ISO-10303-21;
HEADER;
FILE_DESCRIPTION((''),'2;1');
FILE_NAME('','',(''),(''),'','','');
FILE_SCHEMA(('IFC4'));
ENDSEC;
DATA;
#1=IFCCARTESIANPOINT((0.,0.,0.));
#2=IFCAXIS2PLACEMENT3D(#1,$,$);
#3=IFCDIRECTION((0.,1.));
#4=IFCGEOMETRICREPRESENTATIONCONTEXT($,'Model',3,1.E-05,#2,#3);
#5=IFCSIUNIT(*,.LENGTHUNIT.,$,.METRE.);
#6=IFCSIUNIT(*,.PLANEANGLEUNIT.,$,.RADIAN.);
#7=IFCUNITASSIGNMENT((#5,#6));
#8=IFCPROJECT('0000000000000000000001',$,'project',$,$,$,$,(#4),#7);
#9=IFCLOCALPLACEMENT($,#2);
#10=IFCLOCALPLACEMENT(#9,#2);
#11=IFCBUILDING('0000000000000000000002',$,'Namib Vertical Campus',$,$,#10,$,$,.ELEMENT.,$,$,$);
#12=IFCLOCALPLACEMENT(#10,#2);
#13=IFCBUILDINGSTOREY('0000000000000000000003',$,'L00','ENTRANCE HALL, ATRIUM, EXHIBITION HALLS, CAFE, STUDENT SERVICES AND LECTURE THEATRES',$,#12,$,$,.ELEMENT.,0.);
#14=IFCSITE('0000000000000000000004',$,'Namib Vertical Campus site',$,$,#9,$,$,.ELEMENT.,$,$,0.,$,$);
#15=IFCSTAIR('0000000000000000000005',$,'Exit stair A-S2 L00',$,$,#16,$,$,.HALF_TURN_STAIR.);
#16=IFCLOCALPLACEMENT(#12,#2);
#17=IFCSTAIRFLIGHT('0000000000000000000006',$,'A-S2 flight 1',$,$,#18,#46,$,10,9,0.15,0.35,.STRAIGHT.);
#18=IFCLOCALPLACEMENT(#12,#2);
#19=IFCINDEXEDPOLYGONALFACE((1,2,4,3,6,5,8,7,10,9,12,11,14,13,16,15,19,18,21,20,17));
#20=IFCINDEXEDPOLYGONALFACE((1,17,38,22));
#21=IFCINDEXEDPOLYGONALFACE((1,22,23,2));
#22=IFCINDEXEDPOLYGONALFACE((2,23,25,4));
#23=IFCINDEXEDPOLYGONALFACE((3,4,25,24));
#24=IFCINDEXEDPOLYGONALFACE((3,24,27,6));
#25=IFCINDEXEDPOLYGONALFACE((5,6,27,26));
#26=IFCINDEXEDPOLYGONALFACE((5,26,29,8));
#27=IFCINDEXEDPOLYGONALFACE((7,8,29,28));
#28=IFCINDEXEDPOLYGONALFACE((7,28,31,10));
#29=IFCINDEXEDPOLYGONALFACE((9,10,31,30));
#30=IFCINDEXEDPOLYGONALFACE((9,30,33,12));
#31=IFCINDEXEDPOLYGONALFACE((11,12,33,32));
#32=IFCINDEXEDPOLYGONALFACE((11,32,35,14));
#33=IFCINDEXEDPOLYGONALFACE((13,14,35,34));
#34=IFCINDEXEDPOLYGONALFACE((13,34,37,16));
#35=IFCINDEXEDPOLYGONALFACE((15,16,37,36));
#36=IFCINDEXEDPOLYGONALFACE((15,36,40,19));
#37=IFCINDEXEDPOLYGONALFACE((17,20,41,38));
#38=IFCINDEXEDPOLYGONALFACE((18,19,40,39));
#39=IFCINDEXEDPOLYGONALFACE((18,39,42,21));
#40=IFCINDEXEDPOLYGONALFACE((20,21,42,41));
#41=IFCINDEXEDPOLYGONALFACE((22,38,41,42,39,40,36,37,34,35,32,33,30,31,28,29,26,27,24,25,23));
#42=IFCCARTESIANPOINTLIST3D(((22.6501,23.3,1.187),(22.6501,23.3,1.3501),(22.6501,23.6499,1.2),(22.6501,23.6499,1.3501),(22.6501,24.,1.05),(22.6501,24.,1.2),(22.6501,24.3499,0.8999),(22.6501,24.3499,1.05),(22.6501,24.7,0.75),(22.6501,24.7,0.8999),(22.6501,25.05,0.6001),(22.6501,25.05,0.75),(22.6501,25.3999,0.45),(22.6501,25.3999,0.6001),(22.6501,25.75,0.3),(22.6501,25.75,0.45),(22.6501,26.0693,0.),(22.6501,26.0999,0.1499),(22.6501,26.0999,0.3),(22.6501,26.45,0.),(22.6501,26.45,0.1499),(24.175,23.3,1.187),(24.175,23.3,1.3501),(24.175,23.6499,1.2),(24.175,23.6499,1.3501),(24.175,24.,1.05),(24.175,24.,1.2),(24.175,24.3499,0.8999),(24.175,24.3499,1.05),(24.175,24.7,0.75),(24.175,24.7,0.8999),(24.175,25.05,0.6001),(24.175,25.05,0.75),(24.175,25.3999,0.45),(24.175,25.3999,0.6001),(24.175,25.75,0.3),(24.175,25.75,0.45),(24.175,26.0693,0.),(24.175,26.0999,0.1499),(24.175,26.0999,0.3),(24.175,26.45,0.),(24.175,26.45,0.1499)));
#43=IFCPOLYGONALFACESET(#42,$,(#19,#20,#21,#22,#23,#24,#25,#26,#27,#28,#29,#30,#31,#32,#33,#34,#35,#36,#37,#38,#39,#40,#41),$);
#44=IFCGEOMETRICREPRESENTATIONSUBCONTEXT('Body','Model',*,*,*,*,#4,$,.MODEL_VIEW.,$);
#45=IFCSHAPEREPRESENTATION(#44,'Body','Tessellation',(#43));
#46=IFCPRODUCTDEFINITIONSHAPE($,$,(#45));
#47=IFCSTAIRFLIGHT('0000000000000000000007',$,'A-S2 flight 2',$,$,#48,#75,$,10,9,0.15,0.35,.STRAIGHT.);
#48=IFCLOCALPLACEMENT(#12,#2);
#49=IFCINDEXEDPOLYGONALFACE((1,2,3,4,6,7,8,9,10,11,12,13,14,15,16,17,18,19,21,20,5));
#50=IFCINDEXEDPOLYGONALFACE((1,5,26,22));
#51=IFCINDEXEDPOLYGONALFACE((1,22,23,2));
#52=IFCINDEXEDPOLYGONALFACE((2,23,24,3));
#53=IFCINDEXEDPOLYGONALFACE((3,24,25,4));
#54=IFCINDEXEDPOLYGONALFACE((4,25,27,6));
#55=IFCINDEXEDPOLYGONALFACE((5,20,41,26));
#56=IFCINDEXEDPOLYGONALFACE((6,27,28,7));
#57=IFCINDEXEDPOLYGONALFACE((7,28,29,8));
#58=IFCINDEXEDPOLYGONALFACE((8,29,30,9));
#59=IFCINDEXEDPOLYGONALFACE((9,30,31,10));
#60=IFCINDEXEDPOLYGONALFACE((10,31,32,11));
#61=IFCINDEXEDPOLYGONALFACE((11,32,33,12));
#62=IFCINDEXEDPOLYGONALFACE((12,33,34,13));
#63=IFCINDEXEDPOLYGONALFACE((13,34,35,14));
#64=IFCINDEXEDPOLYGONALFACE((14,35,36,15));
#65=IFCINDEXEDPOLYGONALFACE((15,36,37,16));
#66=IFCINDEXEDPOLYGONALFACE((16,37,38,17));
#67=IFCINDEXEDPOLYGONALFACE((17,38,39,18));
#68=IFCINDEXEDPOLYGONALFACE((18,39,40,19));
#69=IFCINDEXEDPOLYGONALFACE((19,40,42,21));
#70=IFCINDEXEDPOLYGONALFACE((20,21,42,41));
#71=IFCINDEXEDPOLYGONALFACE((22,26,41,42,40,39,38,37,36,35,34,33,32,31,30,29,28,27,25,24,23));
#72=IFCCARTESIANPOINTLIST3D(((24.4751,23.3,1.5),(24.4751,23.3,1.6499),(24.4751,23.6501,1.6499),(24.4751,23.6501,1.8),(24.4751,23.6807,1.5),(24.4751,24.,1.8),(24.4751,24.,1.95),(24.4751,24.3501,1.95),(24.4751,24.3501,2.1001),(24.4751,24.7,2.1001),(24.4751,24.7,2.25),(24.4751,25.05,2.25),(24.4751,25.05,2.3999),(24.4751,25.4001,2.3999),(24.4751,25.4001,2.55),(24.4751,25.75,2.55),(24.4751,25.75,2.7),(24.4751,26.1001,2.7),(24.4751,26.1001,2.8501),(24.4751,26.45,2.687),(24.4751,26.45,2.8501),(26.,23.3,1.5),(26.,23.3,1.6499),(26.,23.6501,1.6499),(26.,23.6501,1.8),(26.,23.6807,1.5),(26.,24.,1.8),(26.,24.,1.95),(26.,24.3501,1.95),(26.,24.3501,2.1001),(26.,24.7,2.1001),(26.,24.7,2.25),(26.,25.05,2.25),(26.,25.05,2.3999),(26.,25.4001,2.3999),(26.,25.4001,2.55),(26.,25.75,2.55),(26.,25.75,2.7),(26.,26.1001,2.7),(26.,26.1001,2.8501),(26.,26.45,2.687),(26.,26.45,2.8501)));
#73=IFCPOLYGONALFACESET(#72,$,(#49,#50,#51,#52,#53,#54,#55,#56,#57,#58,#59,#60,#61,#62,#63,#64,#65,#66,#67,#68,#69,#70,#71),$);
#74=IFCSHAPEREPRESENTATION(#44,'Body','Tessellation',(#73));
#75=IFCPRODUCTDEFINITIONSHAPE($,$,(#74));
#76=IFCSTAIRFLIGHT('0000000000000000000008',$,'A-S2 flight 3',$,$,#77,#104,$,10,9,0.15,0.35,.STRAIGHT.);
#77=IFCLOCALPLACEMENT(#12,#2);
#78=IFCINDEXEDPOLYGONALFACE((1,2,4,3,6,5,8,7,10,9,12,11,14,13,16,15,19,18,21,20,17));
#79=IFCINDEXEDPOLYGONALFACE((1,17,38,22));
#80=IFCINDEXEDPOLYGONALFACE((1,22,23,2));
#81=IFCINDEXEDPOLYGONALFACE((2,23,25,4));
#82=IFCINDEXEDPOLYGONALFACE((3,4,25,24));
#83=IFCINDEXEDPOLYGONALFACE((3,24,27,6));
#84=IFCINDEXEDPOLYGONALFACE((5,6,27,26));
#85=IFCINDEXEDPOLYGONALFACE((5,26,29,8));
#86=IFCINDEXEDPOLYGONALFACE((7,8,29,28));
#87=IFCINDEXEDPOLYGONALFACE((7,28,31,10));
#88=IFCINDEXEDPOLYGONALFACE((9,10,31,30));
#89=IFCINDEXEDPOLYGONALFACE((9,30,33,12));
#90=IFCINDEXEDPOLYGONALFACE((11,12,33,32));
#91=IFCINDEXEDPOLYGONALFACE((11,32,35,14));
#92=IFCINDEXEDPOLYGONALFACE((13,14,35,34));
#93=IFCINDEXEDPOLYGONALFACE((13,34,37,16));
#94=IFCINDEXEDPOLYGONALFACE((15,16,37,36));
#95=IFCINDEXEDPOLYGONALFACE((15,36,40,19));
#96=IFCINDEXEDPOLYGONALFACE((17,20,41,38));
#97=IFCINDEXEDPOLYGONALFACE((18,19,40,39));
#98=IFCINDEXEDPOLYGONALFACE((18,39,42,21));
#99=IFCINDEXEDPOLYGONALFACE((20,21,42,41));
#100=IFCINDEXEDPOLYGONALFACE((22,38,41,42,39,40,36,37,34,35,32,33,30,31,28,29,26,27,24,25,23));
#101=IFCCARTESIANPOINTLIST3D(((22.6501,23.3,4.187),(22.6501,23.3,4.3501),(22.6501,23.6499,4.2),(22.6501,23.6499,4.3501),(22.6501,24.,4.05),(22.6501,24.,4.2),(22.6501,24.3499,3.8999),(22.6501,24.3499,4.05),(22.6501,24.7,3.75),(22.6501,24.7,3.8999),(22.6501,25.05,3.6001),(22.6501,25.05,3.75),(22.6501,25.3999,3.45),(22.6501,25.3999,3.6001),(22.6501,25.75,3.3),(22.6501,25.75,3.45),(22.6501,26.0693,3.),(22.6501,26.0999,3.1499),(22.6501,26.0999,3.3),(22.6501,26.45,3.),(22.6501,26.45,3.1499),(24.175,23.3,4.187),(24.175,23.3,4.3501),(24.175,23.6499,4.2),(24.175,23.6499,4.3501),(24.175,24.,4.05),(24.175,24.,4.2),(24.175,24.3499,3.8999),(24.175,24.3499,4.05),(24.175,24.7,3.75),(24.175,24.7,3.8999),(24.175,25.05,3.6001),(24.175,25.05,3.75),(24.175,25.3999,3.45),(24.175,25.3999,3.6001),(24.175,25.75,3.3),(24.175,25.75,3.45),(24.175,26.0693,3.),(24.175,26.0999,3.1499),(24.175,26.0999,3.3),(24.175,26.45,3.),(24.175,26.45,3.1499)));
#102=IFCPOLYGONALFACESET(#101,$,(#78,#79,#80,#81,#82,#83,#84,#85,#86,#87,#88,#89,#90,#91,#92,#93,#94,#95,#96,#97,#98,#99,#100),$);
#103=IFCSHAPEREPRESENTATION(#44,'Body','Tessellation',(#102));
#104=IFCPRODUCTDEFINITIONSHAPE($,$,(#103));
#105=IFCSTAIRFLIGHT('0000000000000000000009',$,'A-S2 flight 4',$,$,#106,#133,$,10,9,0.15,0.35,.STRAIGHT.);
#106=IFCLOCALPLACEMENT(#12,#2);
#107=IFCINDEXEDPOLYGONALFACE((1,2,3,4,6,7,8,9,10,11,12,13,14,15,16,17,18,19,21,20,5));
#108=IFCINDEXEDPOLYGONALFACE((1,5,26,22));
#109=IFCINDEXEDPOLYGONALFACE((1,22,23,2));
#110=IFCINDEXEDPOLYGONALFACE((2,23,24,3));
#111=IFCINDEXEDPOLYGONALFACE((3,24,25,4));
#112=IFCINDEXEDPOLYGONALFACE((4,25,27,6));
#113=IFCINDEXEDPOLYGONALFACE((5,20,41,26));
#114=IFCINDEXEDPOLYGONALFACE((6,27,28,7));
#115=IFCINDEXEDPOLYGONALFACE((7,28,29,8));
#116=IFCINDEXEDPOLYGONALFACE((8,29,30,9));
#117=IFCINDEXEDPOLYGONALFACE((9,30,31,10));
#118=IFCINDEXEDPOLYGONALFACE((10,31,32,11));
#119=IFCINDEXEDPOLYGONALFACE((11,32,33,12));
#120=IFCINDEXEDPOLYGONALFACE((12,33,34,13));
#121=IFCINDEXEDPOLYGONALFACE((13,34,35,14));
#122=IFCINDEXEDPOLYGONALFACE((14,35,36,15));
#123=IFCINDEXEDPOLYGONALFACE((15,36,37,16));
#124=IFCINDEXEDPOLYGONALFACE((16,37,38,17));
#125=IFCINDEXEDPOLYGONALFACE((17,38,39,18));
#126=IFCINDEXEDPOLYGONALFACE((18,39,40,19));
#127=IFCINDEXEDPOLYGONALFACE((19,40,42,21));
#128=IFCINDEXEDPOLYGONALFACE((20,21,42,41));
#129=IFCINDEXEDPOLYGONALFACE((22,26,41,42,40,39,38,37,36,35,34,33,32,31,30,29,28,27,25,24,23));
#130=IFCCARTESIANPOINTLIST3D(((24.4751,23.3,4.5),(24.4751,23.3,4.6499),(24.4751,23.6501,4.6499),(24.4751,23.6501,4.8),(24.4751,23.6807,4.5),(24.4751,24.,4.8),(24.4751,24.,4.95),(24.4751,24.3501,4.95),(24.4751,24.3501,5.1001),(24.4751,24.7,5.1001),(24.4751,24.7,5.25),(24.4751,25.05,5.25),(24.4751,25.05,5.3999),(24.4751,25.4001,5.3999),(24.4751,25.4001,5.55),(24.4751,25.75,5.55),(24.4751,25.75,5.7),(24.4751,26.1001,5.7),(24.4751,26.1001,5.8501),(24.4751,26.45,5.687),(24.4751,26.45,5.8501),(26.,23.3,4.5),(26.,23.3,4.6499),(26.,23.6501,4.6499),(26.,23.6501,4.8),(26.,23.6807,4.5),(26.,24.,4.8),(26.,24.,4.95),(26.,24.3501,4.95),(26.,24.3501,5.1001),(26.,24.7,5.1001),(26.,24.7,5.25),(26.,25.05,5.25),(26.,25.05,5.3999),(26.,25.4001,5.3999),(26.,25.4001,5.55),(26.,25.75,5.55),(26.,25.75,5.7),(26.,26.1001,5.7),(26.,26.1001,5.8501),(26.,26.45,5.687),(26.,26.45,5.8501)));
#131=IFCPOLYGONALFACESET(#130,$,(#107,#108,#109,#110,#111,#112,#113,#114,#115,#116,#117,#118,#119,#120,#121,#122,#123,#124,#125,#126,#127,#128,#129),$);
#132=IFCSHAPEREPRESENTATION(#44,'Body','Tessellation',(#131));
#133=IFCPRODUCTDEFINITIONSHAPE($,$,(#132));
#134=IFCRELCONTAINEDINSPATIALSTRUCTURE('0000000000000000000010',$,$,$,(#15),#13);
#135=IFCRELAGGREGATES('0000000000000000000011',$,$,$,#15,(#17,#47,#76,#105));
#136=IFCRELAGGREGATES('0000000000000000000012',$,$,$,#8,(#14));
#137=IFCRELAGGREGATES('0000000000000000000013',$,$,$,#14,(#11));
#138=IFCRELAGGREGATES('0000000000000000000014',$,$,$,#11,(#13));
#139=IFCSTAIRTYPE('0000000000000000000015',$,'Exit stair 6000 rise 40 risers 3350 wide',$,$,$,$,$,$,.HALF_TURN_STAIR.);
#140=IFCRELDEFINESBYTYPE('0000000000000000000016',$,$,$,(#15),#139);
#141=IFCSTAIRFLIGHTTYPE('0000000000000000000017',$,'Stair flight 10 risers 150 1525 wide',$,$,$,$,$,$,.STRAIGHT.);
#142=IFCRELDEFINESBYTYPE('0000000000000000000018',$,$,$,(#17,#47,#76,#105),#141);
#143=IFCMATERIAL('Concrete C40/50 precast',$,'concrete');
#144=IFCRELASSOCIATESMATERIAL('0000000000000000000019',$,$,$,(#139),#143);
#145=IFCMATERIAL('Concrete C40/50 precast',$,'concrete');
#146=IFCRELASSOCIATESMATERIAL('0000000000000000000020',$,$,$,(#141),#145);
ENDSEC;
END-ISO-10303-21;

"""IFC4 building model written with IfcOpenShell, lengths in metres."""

from ifc_helpers import new_model, si_unit, direction, frame, origin, place, context, subcontext, project, spatial, polyline, outline, extrude, material, type_object, element, aggregate, save


model = new_model("IFC4")

# Units and contexts
model_context = context("Model", 3, precision=1e-05, world=origin(), true_north=direction((0.0, 1.0)))
body_context = subcontext(model_context, "Body", "Model", "MODEL_VIEW")
ifc_project = project(units=[si_unit("LENGTHUNIT", "METRE"), si_unit("PLANEANGLEUNIT", "RADIAN")], contexts=[model_context])

# Site, building, storey
site_placement = place(None, origin())
site = spatial("IfcSite", under=ifc_project, at=site_placement, Name="Namib Vertical Campus site", CompositionType="ELEMENT", RefElevation=0.0)
building_placement = place(site_placement, origin())
building = spatial("IfcBuilding", under=site, at=building_placement, Name="Namib Vertical Campus", CompositionType="ELEMENT")
storey_placement = place(building_placement, origin())
storey = spatial("IfcBuildingStorey", under=building, at=storey_placement, Name="L00", Description="ENTRANCE HALL, ATRIUM, EXHIBITION HALLS, CAFE, STUDENT SERVICES AND LECTURE THEATRES", CompositionType="ELEMENT", Elevation=0.0)

# Stair, stair flights
ifc_material_1 = material(Name="Concrete C40/50 precast", Category="concrete")
stair_type = type_object("IfcStairType", Name="Exit stair 6000 rise 40 risers 3350 wide", PredefinedType="HALF_TURN_STAIR", material=ifc_material_1)
stair_placement = place(storey_placement, origin())
stair = element("IfcStair", 1, at=stair_placement, inside=storey, type_object=stair_type, Name="Exit stair A-S2 L00", PredefinedType="HALF_TURN_STAIR")
ifc_material_2 = material(Name="Concrete C40/50 precast", Category="concrete")
stair_flight_type = type_object("IfcStairFlightType", Name="Stair flight 10 risers 150 1525 wide", PredefinedType="STRAIGHT", material=ifc_material_2)
stair_flight_1_placement = place(storey_placement, frame((23.4126, 26.45, 0.0), z_axis=(0.0, 0.0, 1.0), x_axis=(0.0, -1.0, 0.0)))
stair_flight_1 = element("IfcStairFlight", 2, at=stair_flight_1_placement, type_object=stair_flight_type, Name="A-S2 flight 1", NumberOfRisers=10, NumberOfTreads=9, PredefinedType="STRAIGHT", RiserHeight=0.15, TreadLength=0.35, context=body_context, shape_type="SweptSolid", body=[
    extrude(outline(polyline([(0.0, 0.0), (0.0, 0.1499), (0.3501, 0.1499), (0.3501, 0.3), (0.7, 0.3), (0.7, 0.45), (1.05, 0.45), (1.05, 0.6001), (1.3999, 0.6001), (1.3999, 0.75), (1.75, 0.75), (1.75, 0.8999), (2.1001, 0.8999), (2.1001, 1.05), (2.45, 1.05), (2.45, 1.2), (2.8, 1.2), (2.8, 1.3501), (3.1499, 1.3501), (3.1499, 1.5), (3.1499, 1.187), (0.3806, 0.0), (0.0, 0.0)])), frame((0.0, 0.7625, 0.0), z_axis=(0.0, -1.0, 0.0), x_axis=(1.0, 0.0, 0.0)), (0.0, 0.0, 1.0), 1.5249),
])
stair_flight_2_placement = place(storey_placement, frame((25.2375, 23.3, 1.5), z_axis=(0.0, 0.0, 1.0), x_axis=(0.0, 1.0, 0.0)))
stair_flight_2 = element("IfcStairFlight", 3, at=stair_flight_2_placement, type_object=stair_flight_type, Name="A-S2 flight 2", NumberOfRisers=10, NumberOfTreads=9, PredefinedType="STRAIGHT", RiserHeight=0.15, TreadLength=0.35, context=body_context, shape_type="SweptSolid", body=[
    extrude(outline(polyline([(0.0, 0.0), (0.0, 0.1499), (0.3501, 0.1499), (0.3501, 0.3), (0.7, 0.3), (0.7, 0.45), (1.05, 0.45), (1.05, 0.6001), (1.3999, 0.6001), (1.3999, 0.75), (1.75, 0.75), (1.75, 0.8999), (2.1001, 0.8999), (2.1001, 1.05), (2.45, 1.05), (2.45, 1.2), (2.8, 1.2), (2.8, 1.3501), (3.1499, 1.3501), (3.1499, 1.5), (3.1499, 1.187), (0.3806, 0.0), (0.0, 0.0)])), frame((0.0, 0.7625, 0.0), z_axis=(0.0, -1.0, 0.0), x_axis=(1.0, 0.0, 0.0)), (0.0, 0.0, 1.0), 1.5249),
])
stair_flight_3_placement = place(storey_placement, frame((23.4126, 26.45, 3.0), z_axis=(0.0, 0.0, 1.0), x_axis=(0.0, -1.0, 0.0)))
stair_flight_3 = element("IfcStairFlight", 4, at=stair_flight_3_placement, type_object=stair_flight_type, Name="A-S2 flight 3", NumberOfRisers=10, NumberOfTreads=9, PredefinedType="STRAIGHT", RiserHeight=0.15, TreadLength=0.35, context=body_context, shape_type="SweptSolid", body=[
    extrude(outline(polyline([(0.0, 0.0), (0.0, 0.1499), (0.3501, 0.1499), (0.3501, 0.3), (0.7, 0.3), (0.7, 0.45), (1.05, 0.45), (1.05, 0.6001), (1.3999, 0.6001), (1.3999, 0.75), (1.75, 0.75), (1.75, 0.8999), (2.1001, 0.8999), (2.1001, 1.05), (2.45, 1.05), (2.45, 1.2), (2.8, 1.2), (2.8, 1.3501), (3.1499, 1.3501), (3.1499, 1.5), (3.1499, 1.187), (0.3806, 0.0), (0.0, 0.0)])), frame((0.0, 0.7625, 0.0), z_axis=(0.0, -1.0, 0.0), x_axis=(1.0, 0.0, 0.0)), (0.0, 0.0, 1.0), 1.5249),
])
stair_flight_4_placement = place(storey_placement, frame((25.2375, 23.3, 4.5), z_axis=(0.0, 0.0, 1.0), x_axis=(0.0, 1.0, 0.0)))
stair_flight_4 = element("IfcStairFlight", 5, at=stair_flight_4_placement, type_object=stair_flight_type, Name="A-S2 flight 4", NumberOfRisers=10, NumberOfTreads=9, PredefinedType="STRAIGHT", RiserHeight=0.15, TreadLength=0.35, context=body_context, shape_type="SweptSolid", body=[
    extrude(outline(polyline([(0.0, 0.0), (0.0, 0.1499), (0.3501, 0.1499), (0.3501, 0.3), (0.7, 0.3), (0.7, 0.45), (1.05, 0.45), (1.05, 0.6001), (1.3999, 0.6001), (1.3999, 0.75), (1.75, 0.75), (1.75, 0.8999), (2.1001, 0.8999), (2.1001, 1.05), (2.45, 1.05), (2.45, 1.2), (2.8, 1.2), (2.8, 1.3501), (3.1499, 1.3501), (3.1499, 1.5), (3.1499, 1.187), (0.3806, 0.0), (0.0, 0.0)])), frame((0.0, 0.7625, 0.0), z_axis=(0.0, -1.0, 0.0), x_axis=(1.0, 0.0, 0.0)), (0.0, 0.0, 1.0), 1.5249),
])
aggregate(stair, [stair_flight_1, stair_flight_2, stair_flight_3, stair_flight_4])

save(model, "model.ifc")
